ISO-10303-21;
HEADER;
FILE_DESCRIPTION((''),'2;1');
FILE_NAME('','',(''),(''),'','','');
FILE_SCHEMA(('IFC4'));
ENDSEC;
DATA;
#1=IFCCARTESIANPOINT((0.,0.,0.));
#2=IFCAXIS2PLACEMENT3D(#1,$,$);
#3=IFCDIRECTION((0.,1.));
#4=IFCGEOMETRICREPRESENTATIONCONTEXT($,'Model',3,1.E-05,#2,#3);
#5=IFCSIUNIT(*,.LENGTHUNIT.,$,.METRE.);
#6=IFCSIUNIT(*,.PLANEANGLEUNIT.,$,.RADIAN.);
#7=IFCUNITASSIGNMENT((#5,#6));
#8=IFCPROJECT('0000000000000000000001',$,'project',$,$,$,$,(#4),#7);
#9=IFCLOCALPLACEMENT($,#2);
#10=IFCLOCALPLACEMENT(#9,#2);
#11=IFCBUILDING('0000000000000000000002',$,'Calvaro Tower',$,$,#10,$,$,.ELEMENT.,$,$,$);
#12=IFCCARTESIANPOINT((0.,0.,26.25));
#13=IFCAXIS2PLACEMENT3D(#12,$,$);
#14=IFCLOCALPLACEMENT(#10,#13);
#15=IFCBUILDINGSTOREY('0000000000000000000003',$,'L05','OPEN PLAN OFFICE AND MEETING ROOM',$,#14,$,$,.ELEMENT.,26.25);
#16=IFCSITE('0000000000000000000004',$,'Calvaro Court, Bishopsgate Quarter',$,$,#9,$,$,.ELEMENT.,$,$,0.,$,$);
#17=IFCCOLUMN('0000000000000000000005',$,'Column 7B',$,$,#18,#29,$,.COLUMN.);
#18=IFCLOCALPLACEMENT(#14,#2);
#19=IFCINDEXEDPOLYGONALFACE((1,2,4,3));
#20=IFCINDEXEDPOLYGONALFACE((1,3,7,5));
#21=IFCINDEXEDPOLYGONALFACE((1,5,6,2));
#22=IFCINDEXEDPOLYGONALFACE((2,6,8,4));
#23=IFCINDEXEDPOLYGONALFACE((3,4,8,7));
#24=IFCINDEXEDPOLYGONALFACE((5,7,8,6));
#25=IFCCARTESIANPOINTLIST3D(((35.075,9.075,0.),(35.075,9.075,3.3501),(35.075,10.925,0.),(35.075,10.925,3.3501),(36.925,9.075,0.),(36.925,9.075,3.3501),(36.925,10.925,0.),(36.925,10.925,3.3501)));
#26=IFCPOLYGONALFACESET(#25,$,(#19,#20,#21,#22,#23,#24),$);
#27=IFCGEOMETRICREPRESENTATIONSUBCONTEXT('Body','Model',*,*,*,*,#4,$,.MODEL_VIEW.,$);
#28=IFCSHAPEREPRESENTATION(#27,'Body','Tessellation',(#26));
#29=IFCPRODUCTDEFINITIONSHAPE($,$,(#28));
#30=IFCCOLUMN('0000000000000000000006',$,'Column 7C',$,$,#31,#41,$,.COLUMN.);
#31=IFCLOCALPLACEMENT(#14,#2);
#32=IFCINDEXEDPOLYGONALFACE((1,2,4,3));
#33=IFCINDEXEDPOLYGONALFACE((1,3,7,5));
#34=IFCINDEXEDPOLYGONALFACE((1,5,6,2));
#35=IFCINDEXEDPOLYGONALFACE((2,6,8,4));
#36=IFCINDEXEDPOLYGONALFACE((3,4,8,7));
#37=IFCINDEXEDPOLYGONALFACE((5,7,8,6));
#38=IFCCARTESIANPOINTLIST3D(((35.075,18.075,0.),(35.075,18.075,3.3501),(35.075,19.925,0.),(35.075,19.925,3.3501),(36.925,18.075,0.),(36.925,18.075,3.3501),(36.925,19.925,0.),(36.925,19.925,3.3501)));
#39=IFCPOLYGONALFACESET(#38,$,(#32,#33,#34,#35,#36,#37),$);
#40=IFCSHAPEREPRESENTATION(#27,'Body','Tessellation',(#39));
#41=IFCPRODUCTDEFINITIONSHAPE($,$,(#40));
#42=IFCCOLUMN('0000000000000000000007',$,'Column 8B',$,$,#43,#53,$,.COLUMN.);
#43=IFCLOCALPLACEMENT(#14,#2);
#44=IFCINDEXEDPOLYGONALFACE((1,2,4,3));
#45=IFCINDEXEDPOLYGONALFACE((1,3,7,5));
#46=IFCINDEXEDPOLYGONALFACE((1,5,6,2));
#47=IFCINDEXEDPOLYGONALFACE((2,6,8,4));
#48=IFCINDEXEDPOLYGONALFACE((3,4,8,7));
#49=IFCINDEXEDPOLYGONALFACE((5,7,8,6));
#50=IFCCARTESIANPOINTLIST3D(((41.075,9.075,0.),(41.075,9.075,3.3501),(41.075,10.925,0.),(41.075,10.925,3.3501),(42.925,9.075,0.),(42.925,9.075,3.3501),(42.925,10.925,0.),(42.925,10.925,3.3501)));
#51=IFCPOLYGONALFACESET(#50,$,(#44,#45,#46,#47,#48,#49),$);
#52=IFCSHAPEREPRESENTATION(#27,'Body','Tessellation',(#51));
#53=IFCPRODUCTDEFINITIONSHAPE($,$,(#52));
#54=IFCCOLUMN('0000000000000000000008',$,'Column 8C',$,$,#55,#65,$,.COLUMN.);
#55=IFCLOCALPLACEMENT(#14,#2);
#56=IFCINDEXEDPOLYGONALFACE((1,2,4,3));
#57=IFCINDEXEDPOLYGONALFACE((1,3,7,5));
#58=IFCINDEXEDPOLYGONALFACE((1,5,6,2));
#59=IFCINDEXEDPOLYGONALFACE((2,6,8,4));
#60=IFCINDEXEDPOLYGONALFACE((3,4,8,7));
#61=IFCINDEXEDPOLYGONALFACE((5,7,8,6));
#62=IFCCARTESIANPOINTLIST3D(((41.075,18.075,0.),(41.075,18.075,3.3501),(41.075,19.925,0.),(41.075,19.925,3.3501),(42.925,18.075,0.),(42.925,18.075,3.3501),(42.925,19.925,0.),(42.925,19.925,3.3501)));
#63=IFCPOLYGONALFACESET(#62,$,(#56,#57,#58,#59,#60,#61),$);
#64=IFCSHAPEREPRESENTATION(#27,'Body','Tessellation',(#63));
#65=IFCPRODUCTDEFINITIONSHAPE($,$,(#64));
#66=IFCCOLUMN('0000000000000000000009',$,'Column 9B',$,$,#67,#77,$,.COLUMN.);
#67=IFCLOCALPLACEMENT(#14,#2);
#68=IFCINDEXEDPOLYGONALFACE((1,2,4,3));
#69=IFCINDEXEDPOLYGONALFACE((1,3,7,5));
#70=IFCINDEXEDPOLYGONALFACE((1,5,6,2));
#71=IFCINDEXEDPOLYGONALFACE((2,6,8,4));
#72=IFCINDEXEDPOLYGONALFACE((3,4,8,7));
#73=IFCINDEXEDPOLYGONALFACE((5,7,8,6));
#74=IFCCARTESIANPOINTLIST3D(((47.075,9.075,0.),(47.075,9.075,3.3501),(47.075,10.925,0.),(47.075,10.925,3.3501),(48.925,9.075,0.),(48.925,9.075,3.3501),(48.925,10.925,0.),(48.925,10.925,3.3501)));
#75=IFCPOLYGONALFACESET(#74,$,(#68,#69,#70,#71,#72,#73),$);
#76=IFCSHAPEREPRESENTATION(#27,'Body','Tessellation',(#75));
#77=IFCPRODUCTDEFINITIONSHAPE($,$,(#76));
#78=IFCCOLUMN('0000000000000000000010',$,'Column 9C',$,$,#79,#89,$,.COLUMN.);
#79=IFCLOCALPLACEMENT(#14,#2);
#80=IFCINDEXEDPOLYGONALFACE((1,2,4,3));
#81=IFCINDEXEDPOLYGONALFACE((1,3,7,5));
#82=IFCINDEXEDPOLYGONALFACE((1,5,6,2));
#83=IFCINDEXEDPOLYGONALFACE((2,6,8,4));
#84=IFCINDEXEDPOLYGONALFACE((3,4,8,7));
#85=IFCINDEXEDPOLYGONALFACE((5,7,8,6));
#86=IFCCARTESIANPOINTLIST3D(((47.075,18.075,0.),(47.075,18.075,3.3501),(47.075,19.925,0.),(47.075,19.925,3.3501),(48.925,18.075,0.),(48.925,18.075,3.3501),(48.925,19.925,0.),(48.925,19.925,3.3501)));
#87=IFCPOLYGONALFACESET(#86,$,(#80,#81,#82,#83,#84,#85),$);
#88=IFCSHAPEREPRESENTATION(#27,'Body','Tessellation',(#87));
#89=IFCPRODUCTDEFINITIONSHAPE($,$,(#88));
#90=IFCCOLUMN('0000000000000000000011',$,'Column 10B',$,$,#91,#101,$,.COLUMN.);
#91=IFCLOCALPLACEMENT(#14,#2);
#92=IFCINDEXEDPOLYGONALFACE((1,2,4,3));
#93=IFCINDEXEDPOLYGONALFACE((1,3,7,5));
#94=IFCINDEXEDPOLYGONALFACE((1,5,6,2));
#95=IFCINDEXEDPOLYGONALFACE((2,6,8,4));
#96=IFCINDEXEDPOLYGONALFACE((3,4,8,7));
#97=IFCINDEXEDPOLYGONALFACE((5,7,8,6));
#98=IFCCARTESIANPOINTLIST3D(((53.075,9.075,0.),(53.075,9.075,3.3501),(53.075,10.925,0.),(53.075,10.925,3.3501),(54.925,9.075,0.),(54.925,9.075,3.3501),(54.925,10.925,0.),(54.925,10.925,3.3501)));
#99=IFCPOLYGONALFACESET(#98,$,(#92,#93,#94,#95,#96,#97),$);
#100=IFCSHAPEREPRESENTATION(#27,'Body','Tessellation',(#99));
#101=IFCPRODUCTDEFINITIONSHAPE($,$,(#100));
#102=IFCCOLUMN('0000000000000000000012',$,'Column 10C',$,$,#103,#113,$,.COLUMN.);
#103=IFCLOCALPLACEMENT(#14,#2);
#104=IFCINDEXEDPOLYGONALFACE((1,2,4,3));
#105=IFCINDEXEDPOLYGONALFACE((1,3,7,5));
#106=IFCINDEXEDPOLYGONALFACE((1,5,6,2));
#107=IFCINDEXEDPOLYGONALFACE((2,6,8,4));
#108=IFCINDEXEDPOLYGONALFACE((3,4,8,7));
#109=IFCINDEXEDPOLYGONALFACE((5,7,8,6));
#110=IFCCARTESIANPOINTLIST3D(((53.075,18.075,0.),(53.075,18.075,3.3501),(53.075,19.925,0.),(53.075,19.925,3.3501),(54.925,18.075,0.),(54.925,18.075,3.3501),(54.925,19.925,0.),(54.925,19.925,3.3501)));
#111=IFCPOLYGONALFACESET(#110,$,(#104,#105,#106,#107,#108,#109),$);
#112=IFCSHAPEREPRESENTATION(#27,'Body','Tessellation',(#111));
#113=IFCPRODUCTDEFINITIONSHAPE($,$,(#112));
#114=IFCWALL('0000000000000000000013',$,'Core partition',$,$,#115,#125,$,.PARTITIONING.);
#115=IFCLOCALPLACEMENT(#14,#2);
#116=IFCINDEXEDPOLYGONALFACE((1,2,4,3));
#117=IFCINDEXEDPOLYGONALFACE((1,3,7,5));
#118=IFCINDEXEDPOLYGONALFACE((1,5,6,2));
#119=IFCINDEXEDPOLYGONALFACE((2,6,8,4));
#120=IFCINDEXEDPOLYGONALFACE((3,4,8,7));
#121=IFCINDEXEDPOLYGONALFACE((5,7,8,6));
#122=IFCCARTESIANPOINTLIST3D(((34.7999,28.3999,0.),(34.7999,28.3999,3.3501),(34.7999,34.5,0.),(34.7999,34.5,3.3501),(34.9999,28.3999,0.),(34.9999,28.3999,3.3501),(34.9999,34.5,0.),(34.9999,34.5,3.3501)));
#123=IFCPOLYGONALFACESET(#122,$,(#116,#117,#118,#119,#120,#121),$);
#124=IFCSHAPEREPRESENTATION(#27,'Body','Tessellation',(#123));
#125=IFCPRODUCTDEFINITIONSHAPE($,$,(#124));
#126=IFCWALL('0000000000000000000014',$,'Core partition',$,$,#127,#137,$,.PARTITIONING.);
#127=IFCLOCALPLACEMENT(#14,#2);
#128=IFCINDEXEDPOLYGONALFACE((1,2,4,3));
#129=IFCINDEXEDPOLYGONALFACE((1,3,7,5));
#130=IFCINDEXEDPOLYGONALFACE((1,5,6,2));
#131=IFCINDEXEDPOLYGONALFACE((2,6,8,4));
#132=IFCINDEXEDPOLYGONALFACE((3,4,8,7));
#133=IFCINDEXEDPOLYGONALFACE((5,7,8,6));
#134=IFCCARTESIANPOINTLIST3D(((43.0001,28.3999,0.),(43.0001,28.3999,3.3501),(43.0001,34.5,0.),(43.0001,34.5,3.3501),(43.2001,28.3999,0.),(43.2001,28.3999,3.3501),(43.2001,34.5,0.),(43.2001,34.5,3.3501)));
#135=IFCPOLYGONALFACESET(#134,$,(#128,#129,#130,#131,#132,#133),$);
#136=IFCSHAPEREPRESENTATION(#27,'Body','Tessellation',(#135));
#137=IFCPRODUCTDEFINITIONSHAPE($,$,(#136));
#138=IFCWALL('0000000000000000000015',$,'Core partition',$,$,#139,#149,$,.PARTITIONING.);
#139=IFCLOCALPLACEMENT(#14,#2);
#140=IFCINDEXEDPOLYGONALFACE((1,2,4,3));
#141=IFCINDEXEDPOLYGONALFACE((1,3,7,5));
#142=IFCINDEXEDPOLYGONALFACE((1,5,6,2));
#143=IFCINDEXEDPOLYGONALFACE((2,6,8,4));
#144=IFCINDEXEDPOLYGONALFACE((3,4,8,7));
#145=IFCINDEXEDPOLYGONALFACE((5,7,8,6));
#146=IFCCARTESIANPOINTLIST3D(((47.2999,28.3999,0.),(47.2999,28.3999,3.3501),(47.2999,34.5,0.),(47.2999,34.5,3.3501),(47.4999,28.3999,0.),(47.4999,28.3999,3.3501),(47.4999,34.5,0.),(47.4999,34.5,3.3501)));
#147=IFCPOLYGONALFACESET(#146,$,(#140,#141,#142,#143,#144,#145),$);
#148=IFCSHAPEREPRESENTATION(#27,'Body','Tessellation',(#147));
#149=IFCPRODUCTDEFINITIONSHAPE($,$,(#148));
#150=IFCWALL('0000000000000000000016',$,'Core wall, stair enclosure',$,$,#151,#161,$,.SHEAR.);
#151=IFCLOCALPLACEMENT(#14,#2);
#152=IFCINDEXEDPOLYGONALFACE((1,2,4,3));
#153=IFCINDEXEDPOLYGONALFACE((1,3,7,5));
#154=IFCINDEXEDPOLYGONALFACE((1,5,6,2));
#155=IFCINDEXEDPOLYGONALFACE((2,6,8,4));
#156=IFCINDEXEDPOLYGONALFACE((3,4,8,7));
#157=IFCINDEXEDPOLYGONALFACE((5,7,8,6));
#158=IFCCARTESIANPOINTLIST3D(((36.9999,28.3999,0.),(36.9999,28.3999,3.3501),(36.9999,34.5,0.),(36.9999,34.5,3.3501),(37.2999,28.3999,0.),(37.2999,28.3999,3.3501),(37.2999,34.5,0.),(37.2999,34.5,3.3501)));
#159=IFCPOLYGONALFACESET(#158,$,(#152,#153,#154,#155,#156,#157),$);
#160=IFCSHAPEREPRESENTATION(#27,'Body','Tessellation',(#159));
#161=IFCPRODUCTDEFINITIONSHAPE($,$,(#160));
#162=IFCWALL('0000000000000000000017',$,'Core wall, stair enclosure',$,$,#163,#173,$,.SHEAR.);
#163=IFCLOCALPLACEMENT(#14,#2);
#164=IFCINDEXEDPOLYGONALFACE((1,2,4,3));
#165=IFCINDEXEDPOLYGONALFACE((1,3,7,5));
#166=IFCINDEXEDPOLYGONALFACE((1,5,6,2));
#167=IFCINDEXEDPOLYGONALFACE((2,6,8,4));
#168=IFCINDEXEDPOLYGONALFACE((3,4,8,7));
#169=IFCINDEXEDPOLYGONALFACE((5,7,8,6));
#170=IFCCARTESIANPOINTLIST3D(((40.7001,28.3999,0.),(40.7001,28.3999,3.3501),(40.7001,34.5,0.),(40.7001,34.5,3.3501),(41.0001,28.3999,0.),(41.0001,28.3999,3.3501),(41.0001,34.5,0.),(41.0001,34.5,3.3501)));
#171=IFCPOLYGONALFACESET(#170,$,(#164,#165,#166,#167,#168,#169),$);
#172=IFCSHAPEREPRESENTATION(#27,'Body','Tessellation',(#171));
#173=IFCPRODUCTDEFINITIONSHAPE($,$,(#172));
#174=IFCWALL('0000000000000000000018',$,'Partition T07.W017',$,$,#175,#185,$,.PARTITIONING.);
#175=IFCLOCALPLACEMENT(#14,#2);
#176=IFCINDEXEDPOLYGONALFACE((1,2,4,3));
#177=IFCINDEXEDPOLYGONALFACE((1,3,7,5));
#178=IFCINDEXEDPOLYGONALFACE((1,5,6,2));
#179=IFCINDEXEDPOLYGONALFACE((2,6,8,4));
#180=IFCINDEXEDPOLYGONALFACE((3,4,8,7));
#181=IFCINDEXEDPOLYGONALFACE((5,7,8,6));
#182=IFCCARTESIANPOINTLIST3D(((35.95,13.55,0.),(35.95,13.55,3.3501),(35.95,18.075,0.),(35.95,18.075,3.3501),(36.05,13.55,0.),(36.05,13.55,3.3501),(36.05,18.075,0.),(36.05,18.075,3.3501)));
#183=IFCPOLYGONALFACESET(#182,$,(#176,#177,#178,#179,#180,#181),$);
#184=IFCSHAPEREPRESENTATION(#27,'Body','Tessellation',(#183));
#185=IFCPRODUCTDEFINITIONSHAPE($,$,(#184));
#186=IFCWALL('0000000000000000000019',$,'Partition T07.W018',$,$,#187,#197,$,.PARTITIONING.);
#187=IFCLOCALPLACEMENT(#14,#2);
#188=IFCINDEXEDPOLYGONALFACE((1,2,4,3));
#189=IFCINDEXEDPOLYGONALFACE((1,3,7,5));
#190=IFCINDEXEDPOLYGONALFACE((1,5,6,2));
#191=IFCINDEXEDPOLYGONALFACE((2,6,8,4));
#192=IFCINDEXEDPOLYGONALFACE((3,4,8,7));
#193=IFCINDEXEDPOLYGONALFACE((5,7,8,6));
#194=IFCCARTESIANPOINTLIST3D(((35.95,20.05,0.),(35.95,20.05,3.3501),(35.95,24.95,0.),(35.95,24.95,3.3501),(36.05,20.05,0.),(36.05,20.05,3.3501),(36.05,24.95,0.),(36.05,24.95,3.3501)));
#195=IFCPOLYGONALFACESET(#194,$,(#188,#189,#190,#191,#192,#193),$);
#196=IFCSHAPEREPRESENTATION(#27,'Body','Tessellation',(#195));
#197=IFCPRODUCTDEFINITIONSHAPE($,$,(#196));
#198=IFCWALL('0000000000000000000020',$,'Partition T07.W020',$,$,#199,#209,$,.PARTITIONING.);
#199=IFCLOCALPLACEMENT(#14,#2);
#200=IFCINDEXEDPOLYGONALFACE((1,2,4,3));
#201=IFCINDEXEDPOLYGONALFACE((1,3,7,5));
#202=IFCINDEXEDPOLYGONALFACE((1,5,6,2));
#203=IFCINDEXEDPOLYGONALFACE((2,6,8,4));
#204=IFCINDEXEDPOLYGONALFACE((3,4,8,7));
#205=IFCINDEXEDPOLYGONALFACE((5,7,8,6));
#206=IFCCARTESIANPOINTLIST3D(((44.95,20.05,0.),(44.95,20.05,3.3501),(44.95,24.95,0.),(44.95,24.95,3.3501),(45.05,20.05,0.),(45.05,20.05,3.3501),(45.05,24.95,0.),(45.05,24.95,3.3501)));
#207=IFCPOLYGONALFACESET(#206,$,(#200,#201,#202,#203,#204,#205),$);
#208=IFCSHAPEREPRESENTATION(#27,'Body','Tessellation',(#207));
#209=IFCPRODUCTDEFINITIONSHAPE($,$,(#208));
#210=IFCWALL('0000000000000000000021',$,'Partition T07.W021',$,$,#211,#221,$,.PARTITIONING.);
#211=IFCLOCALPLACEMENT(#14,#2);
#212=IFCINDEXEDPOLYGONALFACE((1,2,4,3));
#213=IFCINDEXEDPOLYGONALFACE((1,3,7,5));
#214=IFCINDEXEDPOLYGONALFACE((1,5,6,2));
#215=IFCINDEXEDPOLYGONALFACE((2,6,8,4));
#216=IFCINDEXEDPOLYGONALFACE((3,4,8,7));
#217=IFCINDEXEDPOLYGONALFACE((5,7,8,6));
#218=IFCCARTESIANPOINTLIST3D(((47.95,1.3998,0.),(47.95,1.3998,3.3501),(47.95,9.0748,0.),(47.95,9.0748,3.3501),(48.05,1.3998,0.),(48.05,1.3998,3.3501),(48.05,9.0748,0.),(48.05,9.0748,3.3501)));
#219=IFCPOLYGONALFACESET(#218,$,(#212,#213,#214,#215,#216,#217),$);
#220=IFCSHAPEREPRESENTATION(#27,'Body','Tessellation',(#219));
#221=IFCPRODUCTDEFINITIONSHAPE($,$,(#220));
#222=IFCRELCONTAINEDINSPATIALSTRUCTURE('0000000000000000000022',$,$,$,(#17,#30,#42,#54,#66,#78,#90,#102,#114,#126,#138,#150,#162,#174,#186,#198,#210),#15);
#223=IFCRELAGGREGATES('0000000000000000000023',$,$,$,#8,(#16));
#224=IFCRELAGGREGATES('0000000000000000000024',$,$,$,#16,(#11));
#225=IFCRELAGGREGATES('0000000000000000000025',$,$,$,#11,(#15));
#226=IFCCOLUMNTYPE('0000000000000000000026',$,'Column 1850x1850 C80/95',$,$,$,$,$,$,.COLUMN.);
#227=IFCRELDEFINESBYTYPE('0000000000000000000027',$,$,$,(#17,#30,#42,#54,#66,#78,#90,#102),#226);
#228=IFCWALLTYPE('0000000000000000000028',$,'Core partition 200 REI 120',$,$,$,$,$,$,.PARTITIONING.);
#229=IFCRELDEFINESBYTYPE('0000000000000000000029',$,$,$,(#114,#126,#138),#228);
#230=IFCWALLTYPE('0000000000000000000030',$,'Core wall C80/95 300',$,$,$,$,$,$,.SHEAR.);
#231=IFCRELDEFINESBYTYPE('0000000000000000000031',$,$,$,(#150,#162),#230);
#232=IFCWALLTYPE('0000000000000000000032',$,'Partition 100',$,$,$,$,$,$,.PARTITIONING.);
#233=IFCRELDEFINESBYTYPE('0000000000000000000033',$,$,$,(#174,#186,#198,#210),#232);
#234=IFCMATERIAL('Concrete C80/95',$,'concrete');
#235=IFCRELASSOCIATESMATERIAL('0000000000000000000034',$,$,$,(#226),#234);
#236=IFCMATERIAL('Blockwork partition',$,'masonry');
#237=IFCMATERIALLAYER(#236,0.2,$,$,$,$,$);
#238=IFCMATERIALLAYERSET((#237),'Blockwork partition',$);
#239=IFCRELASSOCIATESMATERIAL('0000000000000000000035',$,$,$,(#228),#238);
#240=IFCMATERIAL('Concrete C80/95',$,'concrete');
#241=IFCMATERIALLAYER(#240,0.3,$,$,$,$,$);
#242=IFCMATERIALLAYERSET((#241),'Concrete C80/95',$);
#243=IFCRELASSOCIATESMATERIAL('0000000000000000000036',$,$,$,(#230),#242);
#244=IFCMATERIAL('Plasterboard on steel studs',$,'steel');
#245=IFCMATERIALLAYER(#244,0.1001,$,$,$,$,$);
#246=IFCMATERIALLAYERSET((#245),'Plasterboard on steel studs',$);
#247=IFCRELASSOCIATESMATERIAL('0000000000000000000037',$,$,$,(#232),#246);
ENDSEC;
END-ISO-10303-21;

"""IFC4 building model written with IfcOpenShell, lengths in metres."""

from ifc_helpers import new_model, si_unit, direction, frame, frame_2d, origin, origin_2d, place, context, subcontext, project, spatial, rectangle, extrude, material, layer, layer_set, material_profile, profile_set, type_object, element, save


model = new_model("IFC4")

# Units and contexts
model_context = context("Model", 3, precision=1e-05, world=origin(), true_north=direction((0.0, 1.0)))
body_context = subcontext(model_context, "Body", "Model", "MODEL_VIEW")
ifc_project = project(units=[si_unit("LENGTHUNIT", "METRE"), si_unit("PLANEANGLEUNIT", "RADIAN")], contexts=[model_context])

# Site, building, storey
site_placement = place(None, origin())
site = spatial("IfcSite", under=ifc_project, at=site_placement, Name="Calvaro Court, Bishopsgate Quarter", CompositionType="ELEMENT", RefElevation=0.0)
building_placement = place(site_placement, origin())
building = spatial("IfcBuilding", under=site, at=building_placement, Name="Calvaro Tower", CompositionType="ELEMENT")
storey_placement = place(building_placement, frame((0.0, 0.0, 26.25)))
storey = spatial("IfcBuildingStorey", under=building, at=storey_placement, Name="L05", Description="OPEN PLAN OFFICE AND MEETING ROOM", CompositionType="ELEMENT", Elevation=26.25)

# Columns
ifc_material_1 = material(Name="Concrete C80/95", Category="concrete")
ifc_material_profile = material_profile(ifc_material_1, rectangle(XDim=1.8501, YDim=1.8501, at=origin_2d()), Name="RC 1850x1850")
ifc_profile_set = profile_set([ifc_material_profile], Name="Concrete C80/95")
column_type = type_object("IfcColumnType", Name="Column 1850x1850 C80/95", PredefinedType="COLUMN", material=ifc_profile_set)
for number, where, z_axis, x_axis, name in (
    (1, (36.0, 10.0, 0.0), (0.0, 0.0, 1.0), (1.0, 0.0, 0.0), "Column 7B"),
    (2, (36.0, 19.0, 0.0), (0.0, 0.0, 1.0), (1.0, 0.0, 0.0), "Column 7C"),
    (3, (42.0, 10.0, 0.0), (0.0, 0.0, 1.0), (1.0, 0.0, 0.0), "Column 8B"),
    (4, (42.0, 19.0, 0.0), (0.0, 0.0, 1.0), (1.0, 0.0, 0.0), "Column 8C"),
    (5, (48.0, 10.0, 0.0), (0.0, 0.0, 1.0), (1.0, 0.0, 0.0), "Column 9B"),
    (6, (48.0, 19.0, 0.0), (0.0, 0.0, 1.0), (1.0, 0.0, 0.0), "Column 9C"),
    (7, (54.0, 10.0, 0.0), (0.0, 0.0, 1.0), (1.0, 0.0, 0.0), "Column 10B"),
    (8, (54.0, 19.0, 0.0), (0.0, 0.0, 1.0), (1.0, 0.0, 0.0), "Column 10C"),
):
    element("IfcColumn", number, at=place(storey_placement, frame(where, z_axis=z_axis, x_axis=x_axis)), inside=storey, type_object=column_type, Name=name, PredefinedType="COLUMN", context=body_context, shape_type="SweptSolid", body=[
        extrude(rectangle(XDim=1.8501, YDim=1.8501, at=origin_2d()), origin(), (0.0, 0.0, 1.0), 3.3501),
    ])

# Walls
ifc_material_2 = material(Name="Blockwork partition", Category="masonry")
ifc_layer_1 = layer(ifc_material_2, 0.2)
ifc_layer_set_1 = layer_set([ifc_layer_1], Name="Blockwork partition")
wall_type_1 = type_object("IfcWallType", Name="Core partition 200 REI 120", PredefinedType="PARTITIONING", material=ifc_layer_set_1)
for number, where, z_axis, x_axis, name in (
    (9, (34.8999, 28.3999, 0.0), (0.0, 0.0, 1.0), (0.0, 1.0, 0.0), "Core partition"),
    (10, (43.1001, 28.3999, 0.0), (0.0, 0.0, 1.0), (0.0, 1.0, 0.0), "Core partition"),
    (11, (47.3999, 28.3999, 0.0), (0.0, 0.0, 1.0), (0.0, 1.0, 0.0), "Core partition"),
):
    element("IfcWall", number, at=place(storey_placement, frame(where, z_axis=z_axis, x_axis=x_axis)), inside=storey, type_object=wall_type_1, Name=name, PredefinedType="PARTITIONING", context=body_context, shape_type="SweptSolid", body=[
        extrude(rectangle(XDim=6.1001, YDim=0.2, at=frame_2d((3.05, 0.0))), origin(), (0.0, 0.0, 1.0), 3.3501),
    ])
ifc_material_3 = material(Name="Concrete C80/95", Category="concrete")
ifc_layer_2 = layer(ifc_material_3, 0.3)
ifc_layer_set_2 = layer_set([ifc_layer_2], Name="Concrete C80/95")
wall_type_2 = type_object("IfcWallType", Name="Core wall C80/95 300", PredefinedType="SHEAR", material=ifc_layer_set_2)
for number, where, z_axis, x_axis, name in (
    (12, (37.1499, 28.3999, 0.0), (0.0, 0.0, 1.0), (0.0, 1.0, 0.0), "Core wall, stair enclosure"),
    (13, (40.8501, 28.3999, 0.0), (0.0, 0.0, 1.0), (0.0, 1.0, 0.0), "Core wall, stair enclosure"),
):
    element("IfcWall", number, at=place(storey_placement, frame(where, z_axis=z_axis, x_axis=x_axis)), inside=storey, type_object=wall_type_2, Name=name, PredefinedType="SHEAR", context=body_context, shape_type="SweptSolid", body=[
        extrude(rectangle(XDim=6.1001, YDim=0.3, at=frame_2d((3.05, 0.0))), origin(), (0.0, 0.0, 1.0), 3.3501),
    ])
ifc_material_4 = material(Name="Plasterboard on steel studs", Category="steel")
ifc_layer_3 = layer(ifc_material_4, 0.1001)
ifc_layer_set_3 = layer_set([ifc_layer_3], Name="Plasterboard on steel studs")
wall_type_3 = type_object("IfcWallType", Name="Partition 100", PredefinedType="PARTITIONING", material=ifc_layer_set_3)
wall_1_placement = place(storey_placement, frame((36.0, 13.55, 0.0), z_axis=(0.0, 0.0, 1.0), x_axis=(0.0, 1.0, 0.0)))
element("IfcWall", 14, at=wall_1_placement, inside=storey, type_object=wall_type_3, Name="Partition T07.W017", PredefinedType="PARTITIONING", context=body_context, shape_type="SweptSolid", body=[
    extrude(rectangle(XDim=4.5249, YDim=0.1001, at=frame_2d((2.2625, 0.0))), origin(), (0.0, 0.0, 1.0), 3.3501),
])
for number, where, z_axis, x_axis, name in (
    (15, (36.0, 20.05, 0.0), (0.0, 0.0, 1.0), (0.0, 1.0, 0.0), "Partition T07.W018"),
    (16, (45.0, 20.05, 0.0), (0.0, 0.0, 1.0), (0.0, 1.0, 0.0), "Partition T07.W020"),
):
    element("IfcWall", number, at=place(storey_placement, frame(where, z_axis=z_axis, x_axis=x_axis)), inside=storey, type_object=wall_type_3, Name=name, PredefinedType="PARTITIONING", context=body_context, shape_type="SweptSolid", body=[
        extrude(rectangle(XDim=4.8999, YDim=0.1001, at=frame_2d((2.45, 0.0))), origin(), (0.0, 0.0, 1.0), 3.3501),
    ])
wall_2_placement = place(storey_placement, frame((48.0, 1.3999, 0.0), z_axis=(0.0, 0.0, 1.0), x_axis=(0.0, 1.0, 0.0)))
element("IfcWall", 17, at=wall_2_placement, inside=storey, type_object=wall_type_3, Name="Partition T07.W021", PredefinedType="PARTITIONING", context=body_context, shape_type="SweptSolid", body=[
    extrude(rectangle(XDim=7.675, YDim=0.1001, at=frame_2d((3.8374, 0.0))), origin(), (0.0, 0.0, 1.0), 3.3501),
])

save(model, "model.ifc")
